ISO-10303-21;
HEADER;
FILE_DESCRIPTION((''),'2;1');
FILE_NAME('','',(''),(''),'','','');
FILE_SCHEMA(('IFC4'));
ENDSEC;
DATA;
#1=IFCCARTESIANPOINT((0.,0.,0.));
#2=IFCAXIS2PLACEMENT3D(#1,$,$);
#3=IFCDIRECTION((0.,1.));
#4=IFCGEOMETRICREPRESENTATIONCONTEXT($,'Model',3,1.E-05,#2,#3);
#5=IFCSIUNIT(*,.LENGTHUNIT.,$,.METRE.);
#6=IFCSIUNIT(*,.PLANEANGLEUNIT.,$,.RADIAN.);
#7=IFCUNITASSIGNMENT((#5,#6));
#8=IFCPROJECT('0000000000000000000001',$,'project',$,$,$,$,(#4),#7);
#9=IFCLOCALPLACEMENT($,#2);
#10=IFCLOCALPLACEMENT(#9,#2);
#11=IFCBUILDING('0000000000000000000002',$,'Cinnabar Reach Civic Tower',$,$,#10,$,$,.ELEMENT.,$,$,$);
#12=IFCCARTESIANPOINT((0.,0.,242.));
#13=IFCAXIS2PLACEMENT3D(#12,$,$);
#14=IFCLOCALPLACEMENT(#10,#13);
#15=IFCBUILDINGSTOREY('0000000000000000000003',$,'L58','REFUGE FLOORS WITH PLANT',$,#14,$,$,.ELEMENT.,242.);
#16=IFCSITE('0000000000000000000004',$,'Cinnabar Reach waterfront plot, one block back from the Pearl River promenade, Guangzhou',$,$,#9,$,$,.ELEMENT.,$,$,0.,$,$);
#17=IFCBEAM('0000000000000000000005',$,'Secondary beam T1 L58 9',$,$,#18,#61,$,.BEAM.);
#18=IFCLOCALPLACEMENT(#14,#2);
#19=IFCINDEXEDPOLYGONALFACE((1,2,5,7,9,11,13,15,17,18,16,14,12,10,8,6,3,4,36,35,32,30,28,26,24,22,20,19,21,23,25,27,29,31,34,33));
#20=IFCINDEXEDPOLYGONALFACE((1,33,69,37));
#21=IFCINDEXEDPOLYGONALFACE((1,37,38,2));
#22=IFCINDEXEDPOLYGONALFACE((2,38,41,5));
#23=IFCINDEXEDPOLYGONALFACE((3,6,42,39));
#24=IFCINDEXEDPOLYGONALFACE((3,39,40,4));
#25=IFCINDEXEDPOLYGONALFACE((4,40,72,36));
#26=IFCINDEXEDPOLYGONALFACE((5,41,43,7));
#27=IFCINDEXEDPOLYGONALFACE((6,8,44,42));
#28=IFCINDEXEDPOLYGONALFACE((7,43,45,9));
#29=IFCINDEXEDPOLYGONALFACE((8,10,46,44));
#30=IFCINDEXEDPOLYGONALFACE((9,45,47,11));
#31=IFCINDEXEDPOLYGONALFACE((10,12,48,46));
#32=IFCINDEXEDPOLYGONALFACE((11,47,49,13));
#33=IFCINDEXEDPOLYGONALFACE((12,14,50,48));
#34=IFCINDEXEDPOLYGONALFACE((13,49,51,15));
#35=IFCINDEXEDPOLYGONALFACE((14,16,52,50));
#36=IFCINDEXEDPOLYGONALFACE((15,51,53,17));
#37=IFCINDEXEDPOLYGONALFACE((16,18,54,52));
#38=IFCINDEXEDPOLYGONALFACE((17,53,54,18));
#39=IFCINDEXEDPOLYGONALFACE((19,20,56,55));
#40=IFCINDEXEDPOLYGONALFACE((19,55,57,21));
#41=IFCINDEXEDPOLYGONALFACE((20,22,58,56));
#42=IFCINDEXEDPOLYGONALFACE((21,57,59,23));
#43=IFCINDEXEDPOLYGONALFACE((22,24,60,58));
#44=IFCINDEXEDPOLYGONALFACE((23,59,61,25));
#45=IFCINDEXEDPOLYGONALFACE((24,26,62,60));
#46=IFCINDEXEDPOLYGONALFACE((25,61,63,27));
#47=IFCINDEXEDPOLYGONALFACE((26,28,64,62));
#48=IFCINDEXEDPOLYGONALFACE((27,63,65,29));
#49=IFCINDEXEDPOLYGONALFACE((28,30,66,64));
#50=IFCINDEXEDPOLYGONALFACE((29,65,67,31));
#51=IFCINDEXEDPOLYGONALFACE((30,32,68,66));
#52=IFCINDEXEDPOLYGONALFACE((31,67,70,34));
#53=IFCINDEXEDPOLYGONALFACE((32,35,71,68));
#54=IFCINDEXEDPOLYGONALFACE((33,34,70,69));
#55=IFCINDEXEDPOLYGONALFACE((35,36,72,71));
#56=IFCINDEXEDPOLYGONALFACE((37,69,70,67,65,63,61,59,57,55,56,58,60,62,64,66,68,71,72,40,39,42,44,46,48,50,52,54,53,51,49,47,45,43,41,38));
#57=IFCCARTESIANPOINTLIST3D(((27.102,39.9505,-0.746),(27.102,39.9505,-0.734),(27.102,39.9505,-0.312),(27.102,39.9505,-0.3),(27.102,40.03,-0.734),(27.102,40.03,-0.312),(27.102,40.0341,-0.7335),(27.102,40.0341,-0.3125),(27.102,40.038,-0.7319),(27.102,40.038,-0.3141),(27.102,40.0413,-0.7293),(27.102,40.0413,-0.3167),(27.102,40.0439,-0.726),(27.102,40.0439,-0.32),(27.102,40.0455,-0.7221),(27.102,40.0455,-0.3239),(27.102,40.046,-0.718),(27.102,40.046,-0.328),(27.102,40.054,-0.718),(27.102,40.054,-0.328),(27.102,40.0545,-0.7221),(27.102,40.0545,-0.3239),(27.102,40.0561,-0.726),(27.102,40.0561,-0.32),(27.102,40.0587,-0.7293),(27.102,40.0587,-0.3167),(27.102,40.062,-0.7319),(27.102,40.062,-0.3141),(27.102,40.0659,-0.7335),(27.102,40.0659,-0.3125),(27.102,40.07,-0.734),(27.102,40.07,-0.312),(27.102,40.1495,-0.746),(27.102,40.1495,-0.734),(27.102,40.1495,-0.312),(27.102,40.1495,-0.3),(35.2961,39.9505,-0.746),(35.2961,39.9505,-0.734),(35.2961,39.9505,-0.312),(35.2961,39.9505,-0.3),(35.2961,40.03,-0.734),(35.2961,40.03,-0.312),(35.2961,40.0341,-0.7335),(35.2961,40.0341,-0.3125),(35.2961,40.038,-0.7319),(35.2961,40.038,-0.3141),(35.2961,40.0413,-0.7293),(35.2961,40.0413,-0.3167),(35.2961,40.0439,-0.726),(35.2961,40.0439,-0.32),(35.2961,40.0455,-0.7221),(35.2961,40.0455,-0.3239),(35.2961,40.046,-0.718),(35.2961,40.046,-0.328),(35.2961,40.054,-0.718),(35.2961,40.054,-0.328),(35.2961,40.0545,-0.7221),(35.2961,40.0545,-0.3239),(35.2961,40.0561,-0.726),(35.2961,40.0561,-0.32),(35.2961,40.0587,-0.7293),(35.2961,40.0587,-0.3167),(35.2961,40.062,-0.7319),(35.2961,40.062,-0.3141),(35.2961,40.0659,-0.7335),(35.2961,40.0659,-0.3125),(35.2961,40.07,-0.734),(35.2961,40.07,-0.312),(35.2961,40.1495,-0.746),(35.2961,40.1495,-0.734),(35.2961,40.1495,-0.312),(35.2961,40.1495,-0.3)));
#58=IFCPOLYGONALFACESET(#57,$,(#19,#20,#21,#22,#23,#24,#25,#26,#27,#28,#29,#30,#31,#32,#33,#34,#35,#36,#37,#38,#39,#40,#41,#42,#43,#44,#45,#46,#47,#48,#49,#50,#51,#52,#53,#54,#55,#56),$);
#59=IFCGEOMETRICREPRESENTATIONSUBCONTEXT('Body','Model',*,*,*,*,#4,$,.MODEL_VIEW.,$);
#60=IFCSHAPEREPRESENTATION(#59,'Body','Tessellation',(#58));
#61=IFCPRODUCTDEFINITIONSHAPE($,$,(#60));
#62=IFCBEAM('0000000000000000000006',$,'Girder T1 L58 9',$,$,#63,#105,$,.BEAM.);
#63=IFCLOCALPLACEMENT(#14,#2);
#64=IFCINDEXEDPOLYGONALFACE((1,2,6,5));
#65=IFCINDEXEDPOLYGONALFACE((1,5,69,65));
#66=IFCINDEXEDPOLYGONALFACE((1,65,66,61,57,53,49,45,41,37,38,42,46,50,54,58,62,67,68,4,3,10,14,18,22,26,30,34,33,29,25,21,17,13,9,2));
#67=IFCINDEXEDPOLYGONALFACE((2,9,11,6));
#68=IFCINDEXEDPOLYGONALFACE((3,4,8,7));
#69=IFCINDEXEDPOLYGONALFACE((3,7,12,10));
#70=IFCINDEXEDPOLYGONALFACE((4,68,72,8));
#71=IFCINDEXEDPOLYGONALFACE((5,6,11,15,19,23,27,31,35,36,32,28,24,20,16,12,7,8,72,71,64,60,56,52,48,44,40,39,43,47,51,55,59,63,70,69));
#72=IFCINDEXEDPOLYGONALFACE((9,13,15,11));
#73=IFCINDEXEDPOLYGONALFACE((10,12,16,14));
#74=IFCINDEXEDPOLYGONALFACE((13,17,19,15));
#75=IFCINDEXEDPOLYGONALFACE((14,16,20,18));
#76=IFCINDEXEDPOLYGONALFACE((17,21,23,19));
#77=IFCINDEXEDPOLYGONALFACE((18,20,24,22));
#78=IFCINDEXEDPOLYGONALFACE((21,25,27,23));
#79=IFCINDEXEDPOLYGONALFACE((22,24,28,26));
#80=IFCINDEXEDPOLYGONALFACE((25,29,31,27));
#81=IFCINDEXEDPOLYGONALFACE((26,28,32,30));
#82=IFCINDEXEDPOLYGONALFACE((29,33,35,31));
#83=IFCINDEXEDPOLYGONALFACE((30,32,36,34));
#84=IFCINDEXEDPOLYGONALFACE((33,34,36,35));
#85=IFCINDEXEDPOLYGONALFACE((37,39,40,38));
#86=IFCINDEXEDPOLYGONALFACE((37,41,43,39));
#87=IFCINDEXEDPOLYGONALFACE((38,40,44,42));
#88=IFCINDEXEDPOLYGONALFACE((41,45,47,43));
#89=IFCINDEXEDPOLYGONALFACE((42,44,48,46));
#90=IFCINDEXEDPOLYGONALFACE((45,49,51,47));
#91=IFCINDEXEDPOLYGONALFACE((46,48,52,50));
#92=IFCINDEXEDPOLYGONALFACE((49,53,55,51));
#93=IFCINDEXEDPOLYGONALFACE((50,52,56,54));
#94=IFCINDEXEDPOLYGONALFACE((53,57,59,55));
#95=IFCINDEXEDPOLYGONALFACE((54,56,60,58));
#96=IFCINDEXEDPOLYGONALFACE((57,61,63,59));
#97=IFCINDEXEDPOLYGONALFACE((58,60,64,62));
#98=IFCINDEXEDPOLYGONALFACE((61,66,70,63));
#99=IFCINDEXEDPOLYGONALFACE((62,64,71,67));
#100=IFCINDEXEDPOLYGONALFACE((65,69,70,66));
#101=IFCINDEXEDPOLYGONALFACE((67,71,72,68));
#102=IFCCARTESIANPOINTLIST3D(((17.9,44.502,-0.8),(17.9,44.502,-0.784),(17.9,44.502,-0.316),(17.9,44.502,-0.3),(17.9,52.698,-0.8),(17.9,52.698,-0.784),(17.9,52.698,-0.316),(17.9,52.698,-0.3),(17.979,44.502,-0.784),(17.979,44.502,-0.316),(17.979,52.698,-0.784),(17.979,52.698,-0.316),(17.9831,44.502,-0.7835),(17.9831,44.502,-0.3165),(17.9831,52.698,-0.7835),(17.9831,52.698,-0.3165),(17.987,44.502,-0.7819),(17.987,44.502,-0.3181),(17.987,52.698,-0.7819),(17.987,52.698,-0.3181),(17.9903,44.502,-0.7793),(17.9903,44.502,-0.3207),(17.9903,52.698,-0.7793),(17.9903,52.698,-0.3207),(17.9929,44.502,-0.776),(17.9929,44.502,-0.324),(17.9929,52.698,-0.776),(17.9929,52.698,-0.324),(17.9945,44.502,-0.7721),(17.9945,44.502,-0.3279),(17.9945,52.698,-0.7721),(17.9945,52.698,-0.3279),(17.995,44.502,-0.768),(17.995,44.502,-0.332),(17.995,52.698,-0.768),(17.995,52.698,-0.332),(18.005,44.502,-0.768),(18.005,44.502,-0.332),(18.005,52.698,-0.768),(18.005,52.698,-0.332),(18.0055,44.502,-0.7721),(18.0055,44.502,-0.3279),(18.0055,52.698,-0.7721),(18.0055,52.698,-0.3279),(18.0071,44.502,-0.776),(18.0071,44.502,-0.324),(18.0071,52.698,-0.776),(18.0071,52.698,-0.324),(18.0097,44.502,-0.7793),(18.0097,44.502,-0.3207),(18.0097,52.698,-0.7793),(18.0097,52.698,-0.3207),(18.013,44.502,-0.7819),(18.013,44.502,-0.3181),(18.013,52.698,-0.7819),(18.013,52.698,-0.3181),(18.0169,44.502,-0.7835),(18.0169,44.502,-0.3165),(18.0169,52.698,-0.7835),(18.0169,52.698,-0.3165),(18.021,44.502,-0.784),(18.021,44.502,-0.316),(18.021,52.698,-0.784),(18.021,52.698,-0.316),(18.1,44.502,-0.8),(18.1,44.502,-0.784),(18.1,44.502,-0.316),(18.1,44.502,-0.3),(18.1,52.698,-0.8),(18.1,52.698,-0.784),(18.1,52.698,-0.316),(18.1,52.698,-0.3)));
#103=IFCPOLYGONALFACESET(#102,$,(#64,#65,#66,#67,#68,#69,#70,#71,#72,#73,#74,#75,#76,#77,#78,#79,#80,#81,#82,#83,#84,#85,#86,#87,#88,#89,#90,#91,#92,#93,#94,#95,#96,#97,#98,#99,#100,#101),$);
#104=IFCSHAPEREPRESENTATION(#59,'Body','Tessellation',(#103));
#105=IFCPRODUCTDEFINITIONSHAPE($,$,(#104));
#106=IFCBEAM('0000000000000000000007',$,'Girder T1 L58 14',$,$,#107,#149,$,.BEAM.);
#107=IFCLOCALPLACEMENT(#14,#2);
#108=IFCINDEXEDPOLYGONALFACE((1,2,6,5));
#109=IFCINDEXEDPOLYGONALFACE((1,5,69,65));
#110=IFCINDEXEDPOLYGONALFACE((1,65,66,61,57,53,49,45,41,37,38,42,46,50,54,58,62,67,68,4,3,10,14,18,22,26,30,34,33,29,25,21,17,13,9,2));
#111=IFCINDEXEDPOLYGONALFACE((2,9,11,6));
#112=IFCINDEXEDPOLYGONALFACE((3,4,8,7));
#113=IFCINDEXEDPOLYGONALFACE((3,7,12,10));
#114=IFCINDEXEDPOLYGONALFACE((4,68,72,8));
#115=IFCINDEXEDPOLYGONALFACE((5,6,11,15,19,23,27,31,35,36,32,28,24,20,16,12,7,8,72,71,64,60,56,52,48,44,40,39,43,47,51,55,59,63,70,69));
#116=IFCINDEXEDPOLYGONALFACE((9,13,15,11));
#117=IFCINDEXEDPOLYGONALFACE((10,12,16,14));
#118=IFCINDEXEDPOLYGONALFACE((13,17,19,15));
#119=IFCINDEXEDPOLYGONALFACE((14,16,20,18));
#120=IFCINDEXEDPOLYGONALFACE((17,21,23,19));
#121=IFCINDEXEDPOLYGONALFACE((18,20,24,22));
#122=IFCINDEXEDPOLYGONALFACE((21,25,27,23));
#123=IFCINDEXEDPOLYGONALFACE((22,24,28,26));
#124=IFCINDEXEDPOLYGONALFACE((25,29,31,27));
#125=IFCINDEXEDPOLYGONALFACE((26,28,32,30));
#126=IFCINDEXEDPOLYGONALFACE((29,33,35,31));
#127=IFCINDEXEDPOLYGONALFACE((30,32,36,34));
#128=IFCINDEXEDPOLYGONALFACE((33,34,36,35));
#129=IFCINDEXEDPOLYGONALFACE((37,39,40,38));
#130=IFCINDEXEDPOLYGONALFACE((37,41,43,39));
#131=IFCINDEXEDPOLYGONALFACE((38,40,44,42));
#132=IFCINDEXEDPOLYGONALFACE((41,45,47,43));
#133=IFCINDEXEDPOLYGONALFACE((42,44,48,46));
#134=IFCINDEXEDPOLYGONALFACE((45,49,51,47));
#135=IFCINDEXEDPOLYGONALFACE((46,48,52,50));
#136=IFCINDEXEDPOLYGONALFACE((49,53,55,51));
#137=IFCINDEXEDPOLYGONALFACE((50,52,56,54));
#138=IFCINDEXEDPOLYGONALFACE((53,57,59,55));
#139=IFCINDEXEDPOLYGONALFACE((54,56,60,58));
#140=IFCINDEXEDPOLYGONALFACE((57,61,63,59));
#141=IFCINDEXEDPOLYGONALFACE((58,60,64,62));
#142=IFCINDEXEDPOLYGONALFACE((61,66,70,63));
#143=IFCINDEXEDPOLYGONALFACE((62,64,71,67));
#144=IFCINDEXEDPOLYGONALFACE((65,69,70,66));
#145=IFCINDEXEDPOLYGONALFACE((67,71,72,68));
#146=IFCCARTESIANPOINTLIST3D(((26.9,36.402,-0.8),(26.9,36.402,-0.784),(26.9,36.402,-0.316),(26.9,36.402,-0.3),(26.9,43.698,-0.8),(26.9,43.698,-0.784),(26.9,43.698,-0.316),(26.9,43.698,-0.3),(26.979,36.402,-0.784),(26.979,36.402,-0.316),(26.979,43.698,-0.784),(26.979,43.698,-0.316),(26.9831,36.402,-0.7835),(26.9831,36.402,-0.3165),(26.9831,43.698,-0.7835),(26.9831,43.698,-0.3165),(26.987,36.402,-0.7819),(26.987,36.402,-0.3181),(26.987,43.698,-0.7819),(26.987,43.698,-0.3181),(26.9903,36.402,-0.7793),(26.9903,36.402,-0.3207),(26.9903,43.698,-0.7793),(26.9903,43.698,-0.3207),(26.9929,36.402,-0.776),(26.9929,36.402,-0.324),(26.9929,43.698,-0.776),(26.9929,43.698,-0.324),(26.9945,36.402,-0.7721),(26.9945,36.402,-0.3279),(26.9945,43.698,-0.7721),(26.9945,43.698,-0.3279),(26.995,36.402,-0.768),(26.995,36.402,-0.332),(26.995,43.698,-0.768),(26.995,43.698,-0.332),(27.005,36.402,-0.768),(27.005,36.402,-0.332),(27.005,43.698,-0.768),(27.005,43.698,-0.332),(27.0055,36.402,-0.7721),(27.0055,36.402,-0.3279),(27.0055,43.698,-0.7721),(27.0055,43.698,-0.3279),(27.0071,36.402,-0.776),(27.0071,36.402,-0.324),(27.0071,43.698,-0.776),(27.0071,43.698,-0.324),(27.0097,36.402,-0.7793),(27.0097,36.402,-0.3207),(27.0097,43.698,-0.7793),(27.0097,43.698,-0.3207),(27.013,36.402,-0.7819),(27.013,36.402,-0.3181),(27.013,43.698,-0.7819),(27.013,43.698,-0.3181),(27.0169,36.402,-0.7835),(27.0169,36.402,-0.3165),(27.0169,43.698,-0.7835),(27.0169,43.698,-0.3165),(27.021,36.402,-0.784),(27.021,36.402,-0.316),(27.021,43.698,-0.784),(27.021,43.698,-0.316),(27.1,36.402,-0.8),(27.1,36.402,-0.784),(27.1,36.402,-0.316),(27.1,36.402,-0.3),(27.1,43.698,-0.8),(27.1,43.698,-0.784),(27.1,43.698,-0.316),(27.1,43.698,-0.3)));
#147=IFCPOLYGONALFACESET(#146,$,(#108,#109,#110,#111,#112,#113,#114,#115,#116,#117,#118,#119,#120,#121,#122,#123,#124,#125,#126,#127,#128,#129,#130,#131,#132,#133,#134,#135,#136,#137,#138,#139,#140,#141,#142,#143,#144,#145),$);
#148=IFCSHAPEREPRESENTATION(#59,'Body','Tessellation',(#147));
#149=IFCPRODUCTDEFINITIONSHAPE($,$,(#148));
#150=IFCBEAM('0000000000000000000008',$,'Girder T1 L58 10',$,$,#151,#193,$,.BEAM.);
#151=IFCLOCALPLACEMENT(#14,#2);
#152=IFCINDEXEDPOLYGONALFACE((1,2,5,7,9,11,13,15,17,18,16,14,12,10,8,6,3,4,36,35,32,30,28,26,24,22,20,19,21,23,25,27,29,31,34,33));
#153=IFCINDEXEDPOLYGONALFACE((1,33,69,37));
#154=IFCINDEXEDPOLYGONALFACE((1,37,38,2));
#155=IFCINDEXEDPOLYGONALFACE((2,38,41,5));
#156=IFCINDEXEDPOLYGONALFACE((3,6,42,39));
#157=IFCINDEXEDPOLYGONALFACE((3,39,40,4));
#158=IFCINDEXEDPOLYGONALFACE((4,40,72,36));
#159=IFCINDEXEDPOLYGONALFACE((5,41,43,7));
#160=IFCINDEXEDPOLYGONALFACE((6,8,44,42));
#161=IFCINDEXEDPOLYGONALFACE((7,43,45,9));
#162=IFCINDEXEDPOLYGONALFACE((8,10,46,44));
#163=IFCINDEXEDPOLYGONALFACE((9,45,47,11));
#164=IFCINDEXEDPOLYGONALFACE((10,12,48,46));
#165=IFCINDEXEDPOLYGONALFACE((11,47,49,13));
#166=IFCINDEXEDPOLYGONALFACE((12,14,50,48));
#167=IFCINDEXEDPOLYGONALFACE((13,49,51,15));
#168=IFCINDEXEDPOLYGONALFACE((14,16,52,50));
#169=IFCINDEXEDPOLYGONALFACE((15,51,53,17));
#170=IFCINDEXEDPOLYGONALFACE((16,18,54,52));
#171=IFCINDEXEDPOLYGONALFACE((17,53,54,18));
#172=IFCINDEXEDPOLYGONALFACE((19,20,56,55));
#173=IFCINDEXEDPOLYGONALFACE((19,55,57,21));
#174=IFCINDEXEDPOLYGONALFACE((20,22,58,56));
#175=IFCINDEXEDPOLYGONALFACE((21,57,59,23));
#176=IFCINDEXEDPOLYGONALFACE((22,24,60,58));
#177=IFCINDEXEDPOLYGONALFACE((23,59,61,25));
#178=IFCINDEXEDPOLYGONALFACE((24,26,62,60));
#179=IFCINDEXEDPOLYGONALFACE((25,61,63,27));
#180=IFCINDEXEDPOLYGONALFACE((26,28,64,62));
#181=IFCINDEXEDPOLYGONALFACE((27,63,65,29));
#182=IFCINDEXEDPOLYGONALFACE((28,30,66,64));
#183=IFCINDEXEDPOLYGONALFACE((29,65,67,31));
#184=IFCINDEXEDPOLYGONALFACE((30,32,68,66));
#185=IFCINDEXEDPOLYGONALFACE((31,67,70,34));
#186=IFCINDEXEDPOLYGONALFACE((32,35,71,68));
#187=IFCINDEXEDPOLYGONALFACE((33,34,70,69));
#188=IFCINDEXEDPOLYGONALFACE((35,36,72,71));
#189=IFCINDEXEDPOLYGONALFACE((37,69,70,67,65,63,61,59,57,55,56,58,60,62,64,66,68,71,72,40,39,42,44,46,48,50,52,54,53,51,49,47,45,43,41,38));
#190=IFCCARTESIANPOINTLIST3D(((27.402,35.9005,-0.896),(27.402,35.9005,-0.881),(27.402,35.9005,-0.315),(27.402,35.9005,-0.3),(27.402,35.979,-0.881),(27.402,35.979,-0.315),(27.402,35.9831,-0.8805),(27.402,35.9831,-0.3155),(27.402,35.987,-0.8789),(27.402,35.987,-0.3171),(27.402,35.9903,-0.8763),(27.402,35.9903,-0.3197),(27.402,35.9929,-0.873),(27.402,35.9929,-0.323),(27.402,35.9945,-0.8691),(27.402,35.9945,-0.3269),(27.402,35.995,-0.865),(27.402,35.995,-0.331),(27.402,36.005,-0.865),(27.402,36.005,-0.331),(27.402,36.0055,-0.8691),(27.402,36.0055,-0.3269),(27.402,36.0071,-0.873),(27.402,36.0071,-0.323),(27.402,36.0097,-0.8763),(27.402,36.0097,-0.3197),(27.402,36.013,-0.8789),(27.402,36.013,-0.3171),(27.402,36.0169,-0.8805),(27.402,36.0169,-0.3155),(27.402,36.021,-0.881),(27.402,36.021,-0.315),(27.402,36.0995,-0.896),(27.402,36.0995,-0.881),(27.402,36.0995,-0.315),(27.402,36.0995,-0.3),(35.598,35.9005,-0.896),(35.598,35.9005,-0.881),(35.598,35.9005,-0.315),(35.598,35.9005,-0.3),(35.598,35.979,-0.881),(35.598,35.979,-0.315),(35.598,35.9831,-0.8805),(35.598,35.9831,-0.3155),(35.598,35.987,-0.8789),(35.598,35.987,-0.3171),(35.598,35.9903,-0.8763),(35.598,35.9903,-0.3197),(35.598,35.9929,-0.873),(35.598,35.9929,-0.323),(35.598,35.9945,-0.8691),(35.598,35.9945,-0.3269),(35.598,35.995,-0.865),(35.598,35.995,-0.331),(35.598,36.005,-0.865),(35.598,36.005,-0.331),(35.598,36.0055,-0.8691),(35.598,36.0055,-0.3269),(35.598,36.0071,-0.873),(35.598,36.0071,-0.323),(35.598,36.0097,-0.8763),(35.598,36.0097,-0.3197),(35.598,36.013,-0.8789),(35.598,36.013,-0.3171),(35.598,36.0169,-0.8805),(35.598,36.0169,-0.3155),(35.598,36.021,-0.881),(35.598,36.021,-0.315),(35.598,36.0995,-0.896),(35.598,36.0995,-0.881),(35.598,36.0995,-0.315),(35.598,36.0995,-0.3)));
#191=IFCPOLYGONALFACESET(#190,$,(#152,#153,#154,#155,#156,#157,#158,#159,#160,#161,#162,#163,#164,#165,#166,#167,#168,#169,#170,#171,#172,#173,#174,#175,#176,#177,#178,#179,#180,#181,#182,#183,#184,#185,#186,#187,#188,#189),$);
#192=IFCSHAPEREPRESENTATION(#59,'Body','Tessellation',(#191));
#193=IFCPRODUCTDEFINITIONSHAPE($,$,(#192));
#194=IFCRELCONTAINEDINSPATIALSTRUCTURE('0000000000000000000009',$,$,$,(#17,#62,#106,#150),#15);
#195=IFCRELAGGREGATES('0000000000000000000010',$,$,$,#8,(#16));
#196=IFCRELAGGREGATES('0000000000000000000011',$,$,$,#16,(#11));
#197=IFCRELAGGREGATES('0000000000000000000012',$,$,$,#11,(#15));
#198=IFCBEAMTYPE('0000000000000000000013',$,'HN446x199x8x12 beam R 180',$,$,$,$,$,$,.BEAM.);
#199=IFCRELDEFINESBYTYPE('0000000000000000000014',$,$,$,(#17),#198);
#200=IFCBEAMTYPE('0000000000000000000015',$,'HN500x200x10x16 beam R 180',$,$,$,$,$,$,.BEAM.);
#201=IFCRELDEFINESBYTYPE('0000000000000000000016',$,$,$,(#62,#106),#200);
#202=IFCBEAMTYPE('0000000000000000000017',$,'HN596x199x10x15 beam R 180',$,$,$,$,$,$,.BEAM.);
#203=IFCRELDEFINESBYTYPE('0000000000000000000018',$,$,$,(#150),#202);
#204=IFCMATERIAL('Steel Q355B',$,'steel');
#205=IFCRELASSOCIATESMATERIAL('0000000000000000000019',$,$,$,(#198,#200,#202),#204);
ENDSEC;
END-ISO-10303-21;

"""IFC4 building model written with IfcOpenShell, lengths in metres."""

from ifc_helpers import new_model, si_unit, direction, frame, origin, origin_2d, place, context, subcontext, project, spatial, i_section, extrude, material, material_profile, profile_set, type_object, element, save


model = new_model("IFC4")

# Units and contexts
model_context = context("Model", 3, precision=1e-05, world=origin(), true_north=direction((0.0, 1.0)))
body_context = subcontext(model_context, "Body", "Model", "MODEL_VIEW")
ifc_project = project(units=[si_unit("LENGTHUNIT", "METRE"), si_unit("PLANEANGLEUNIT", "RADIAN")], contexts=[model_context])

# Site, building, storey
site_placement = place(None, origin())
site = spatial("IfcSite", under=ifc_project, at=site_placement, Name="Cinnabar Reach waterfront plot, one block back from the Pearl River promenade, Guangzhou", CompositionType="ELEMENT", RefElevation=0.0)
building_placement = place(site_placement, origin())
building = spatial("IfcBuilding", under=site, at=building_placement, Name="Cinnabar Reach Civic Tower", CompositionType="ELEMENT")
storey_placement = place(building_placement, frame((0.0, 0.0, 242.0)))
storey = spatial("IfcBuildingStorey", under=building, at=storey_placement, Name="L58", Description="REFUGE FLOORS WITH PLANT", CompositionType="ELEMENT", Elevation=242.0)

# Beams
ifc_material_1 = material(Name="Steel Q355B", Category="steel")
ifc_material_profile_1 = material_profile(ifc_material_1, i_section(OverallWidth=0.199, OverallDepth=0.446, WebThickness=0.008, FlangeThickness=0.012, FilletRadius=0.016, at=origin_2d()), Name="HN446x199x8x12")
ifc_profile_set_1 = profile_set([ifc_material_profile_1], Name="Steel Q355B")
beam_type_1 = type_object("IfcBeamType", Name="HN446x199x8x12 beam R 180", PredefinedType="BEAM", material=ifc_profile_set_1)
beam_1_placement = place(storey_placement, frame((27.102, 40.05, -0.523), z_axis=(1.0, 0.0, 0.0), x_axis=(0.0, 1.0, 0.0)))
element("IfcBeam", 1, at=beam_1_placement, inside=storey, type_object=beam_type_1, Name="Secondary beam T1 L58 9", PredefinedType="BEAM", context=body_context, shape_type="SweptSolid", body=[
    extrude(i_section(OverallWidth=0.199, OverallDepth=0.446, WebThickness=0.008, FlangeThickness=0.012, FilletRadius=0.016, at=origin_2d()), origin(), (0.0, 0.0, 1.0), 8.1941),
])
ifc_material_profile_2 = material_profile(ifc_material_1, i_section(OverallWidth=0.2, OverallDepth=0.5, WebThickness=0.01, FlangeThickness=0.016, FilletRadius=0.016, at=origin_2d()), Name="HN500x200x10x16")
ifc_profile_set_2 = profile_set([ifc_material_profile_2], Name="Steel Q355B")
beam_type_2 = type_object("IfcBeamType", Name="HN500x200x10x16 beam R 180", PredefinedType="BEAM", material=ifc_profile_set_2)
beam_2_placement = place(storey_placement, frame((18.0, 44.502, -0.55), z_axis=(0.0, 1.0, 0.0), x_axis=(-1.0, 0.0, 0.0)))
element("IfcBeam", 2, at=beam_2_placement, inside=storey, type_object=beam_type_2, Name="Girder T1 L58 9", PredefinedType="BEAM", context=body_context, shape_type="SweptSolid", body=[
    extrude(i_section(OverallWidth=0.2, OverallDepth=0.5, WebThickness=0.01, FlangeThickness=0.016, FilletRadius=0.016, at=origin_2d()), origin(), (0.0, 0.0, 1.0), 8.196),
])
beam_3_placement = place(storey_placement, frame((27.0, 36.402, -0.55), z_axis=(0.0, 1.0, 0.0), x_axis=(-1.0, 0.0, 0.0)))
element("IfcBeam", 3, at=beam_3_placement, inside=storey, type_object=beam_type_2, Name="Girder T1 L58 14", PredefinedType="BEAM", context=body_context, shape_type="SweptSolid", body=[
    extrude(i_section(OverallWidth=0.2, OverallDepth=0.5, WebThickness=0.01, FlangeThickness=0.016, FilletRadius=0.016, at=origin_2d()), origin(), (0.0, 0.0, 1.0), 7.296),
])
ifc_material_profile_3 = material_profile(ifc_material_1, i_section(OverallWidth=0.199, OverallDepth=0.596, WebThickness=0.01, FlangeThickness=0.015, FilletRadius=0.016, at=origin_2d()), Name="HN596x199x10x15")
ifc_profile_set_3 = profile_set([ifc_material_profile_3], Name="Steel Q355B")
beam_type_3 = type_object("IfcBeamType", Name="HN596x199x10x15 beam R 180", PredefinedType="BEAM", material=ifc_profile_set_3)
for number, where, z_axis, x_axis, name in (
    (4, (27.402, 36.0, -0.598), (1.0, 0.0, 0.0), (0.0, 1.0, 0.0), "Girder T1 L58 10"),
):
    element("IfcBeam", number, at=place(storey_placement, frame(where, z_axis=z_axis, x_axis=x_axis)), inside=storey, type_object=beam_type_3, Name=name, PredefinedType="BEAM", context=body_context, shape_type="SweptSolid", body=[
        extrude(i_section(OverallWidth=0.199, OverallDepth=0.596, WebThickness=0.01, FlangeThickness=0.015, FilletRadius=0.016, at=origin_2d()), origin(), (0.0, 0.0, 1.0), 8.196),
    ])

save(model, "model.ifc")
